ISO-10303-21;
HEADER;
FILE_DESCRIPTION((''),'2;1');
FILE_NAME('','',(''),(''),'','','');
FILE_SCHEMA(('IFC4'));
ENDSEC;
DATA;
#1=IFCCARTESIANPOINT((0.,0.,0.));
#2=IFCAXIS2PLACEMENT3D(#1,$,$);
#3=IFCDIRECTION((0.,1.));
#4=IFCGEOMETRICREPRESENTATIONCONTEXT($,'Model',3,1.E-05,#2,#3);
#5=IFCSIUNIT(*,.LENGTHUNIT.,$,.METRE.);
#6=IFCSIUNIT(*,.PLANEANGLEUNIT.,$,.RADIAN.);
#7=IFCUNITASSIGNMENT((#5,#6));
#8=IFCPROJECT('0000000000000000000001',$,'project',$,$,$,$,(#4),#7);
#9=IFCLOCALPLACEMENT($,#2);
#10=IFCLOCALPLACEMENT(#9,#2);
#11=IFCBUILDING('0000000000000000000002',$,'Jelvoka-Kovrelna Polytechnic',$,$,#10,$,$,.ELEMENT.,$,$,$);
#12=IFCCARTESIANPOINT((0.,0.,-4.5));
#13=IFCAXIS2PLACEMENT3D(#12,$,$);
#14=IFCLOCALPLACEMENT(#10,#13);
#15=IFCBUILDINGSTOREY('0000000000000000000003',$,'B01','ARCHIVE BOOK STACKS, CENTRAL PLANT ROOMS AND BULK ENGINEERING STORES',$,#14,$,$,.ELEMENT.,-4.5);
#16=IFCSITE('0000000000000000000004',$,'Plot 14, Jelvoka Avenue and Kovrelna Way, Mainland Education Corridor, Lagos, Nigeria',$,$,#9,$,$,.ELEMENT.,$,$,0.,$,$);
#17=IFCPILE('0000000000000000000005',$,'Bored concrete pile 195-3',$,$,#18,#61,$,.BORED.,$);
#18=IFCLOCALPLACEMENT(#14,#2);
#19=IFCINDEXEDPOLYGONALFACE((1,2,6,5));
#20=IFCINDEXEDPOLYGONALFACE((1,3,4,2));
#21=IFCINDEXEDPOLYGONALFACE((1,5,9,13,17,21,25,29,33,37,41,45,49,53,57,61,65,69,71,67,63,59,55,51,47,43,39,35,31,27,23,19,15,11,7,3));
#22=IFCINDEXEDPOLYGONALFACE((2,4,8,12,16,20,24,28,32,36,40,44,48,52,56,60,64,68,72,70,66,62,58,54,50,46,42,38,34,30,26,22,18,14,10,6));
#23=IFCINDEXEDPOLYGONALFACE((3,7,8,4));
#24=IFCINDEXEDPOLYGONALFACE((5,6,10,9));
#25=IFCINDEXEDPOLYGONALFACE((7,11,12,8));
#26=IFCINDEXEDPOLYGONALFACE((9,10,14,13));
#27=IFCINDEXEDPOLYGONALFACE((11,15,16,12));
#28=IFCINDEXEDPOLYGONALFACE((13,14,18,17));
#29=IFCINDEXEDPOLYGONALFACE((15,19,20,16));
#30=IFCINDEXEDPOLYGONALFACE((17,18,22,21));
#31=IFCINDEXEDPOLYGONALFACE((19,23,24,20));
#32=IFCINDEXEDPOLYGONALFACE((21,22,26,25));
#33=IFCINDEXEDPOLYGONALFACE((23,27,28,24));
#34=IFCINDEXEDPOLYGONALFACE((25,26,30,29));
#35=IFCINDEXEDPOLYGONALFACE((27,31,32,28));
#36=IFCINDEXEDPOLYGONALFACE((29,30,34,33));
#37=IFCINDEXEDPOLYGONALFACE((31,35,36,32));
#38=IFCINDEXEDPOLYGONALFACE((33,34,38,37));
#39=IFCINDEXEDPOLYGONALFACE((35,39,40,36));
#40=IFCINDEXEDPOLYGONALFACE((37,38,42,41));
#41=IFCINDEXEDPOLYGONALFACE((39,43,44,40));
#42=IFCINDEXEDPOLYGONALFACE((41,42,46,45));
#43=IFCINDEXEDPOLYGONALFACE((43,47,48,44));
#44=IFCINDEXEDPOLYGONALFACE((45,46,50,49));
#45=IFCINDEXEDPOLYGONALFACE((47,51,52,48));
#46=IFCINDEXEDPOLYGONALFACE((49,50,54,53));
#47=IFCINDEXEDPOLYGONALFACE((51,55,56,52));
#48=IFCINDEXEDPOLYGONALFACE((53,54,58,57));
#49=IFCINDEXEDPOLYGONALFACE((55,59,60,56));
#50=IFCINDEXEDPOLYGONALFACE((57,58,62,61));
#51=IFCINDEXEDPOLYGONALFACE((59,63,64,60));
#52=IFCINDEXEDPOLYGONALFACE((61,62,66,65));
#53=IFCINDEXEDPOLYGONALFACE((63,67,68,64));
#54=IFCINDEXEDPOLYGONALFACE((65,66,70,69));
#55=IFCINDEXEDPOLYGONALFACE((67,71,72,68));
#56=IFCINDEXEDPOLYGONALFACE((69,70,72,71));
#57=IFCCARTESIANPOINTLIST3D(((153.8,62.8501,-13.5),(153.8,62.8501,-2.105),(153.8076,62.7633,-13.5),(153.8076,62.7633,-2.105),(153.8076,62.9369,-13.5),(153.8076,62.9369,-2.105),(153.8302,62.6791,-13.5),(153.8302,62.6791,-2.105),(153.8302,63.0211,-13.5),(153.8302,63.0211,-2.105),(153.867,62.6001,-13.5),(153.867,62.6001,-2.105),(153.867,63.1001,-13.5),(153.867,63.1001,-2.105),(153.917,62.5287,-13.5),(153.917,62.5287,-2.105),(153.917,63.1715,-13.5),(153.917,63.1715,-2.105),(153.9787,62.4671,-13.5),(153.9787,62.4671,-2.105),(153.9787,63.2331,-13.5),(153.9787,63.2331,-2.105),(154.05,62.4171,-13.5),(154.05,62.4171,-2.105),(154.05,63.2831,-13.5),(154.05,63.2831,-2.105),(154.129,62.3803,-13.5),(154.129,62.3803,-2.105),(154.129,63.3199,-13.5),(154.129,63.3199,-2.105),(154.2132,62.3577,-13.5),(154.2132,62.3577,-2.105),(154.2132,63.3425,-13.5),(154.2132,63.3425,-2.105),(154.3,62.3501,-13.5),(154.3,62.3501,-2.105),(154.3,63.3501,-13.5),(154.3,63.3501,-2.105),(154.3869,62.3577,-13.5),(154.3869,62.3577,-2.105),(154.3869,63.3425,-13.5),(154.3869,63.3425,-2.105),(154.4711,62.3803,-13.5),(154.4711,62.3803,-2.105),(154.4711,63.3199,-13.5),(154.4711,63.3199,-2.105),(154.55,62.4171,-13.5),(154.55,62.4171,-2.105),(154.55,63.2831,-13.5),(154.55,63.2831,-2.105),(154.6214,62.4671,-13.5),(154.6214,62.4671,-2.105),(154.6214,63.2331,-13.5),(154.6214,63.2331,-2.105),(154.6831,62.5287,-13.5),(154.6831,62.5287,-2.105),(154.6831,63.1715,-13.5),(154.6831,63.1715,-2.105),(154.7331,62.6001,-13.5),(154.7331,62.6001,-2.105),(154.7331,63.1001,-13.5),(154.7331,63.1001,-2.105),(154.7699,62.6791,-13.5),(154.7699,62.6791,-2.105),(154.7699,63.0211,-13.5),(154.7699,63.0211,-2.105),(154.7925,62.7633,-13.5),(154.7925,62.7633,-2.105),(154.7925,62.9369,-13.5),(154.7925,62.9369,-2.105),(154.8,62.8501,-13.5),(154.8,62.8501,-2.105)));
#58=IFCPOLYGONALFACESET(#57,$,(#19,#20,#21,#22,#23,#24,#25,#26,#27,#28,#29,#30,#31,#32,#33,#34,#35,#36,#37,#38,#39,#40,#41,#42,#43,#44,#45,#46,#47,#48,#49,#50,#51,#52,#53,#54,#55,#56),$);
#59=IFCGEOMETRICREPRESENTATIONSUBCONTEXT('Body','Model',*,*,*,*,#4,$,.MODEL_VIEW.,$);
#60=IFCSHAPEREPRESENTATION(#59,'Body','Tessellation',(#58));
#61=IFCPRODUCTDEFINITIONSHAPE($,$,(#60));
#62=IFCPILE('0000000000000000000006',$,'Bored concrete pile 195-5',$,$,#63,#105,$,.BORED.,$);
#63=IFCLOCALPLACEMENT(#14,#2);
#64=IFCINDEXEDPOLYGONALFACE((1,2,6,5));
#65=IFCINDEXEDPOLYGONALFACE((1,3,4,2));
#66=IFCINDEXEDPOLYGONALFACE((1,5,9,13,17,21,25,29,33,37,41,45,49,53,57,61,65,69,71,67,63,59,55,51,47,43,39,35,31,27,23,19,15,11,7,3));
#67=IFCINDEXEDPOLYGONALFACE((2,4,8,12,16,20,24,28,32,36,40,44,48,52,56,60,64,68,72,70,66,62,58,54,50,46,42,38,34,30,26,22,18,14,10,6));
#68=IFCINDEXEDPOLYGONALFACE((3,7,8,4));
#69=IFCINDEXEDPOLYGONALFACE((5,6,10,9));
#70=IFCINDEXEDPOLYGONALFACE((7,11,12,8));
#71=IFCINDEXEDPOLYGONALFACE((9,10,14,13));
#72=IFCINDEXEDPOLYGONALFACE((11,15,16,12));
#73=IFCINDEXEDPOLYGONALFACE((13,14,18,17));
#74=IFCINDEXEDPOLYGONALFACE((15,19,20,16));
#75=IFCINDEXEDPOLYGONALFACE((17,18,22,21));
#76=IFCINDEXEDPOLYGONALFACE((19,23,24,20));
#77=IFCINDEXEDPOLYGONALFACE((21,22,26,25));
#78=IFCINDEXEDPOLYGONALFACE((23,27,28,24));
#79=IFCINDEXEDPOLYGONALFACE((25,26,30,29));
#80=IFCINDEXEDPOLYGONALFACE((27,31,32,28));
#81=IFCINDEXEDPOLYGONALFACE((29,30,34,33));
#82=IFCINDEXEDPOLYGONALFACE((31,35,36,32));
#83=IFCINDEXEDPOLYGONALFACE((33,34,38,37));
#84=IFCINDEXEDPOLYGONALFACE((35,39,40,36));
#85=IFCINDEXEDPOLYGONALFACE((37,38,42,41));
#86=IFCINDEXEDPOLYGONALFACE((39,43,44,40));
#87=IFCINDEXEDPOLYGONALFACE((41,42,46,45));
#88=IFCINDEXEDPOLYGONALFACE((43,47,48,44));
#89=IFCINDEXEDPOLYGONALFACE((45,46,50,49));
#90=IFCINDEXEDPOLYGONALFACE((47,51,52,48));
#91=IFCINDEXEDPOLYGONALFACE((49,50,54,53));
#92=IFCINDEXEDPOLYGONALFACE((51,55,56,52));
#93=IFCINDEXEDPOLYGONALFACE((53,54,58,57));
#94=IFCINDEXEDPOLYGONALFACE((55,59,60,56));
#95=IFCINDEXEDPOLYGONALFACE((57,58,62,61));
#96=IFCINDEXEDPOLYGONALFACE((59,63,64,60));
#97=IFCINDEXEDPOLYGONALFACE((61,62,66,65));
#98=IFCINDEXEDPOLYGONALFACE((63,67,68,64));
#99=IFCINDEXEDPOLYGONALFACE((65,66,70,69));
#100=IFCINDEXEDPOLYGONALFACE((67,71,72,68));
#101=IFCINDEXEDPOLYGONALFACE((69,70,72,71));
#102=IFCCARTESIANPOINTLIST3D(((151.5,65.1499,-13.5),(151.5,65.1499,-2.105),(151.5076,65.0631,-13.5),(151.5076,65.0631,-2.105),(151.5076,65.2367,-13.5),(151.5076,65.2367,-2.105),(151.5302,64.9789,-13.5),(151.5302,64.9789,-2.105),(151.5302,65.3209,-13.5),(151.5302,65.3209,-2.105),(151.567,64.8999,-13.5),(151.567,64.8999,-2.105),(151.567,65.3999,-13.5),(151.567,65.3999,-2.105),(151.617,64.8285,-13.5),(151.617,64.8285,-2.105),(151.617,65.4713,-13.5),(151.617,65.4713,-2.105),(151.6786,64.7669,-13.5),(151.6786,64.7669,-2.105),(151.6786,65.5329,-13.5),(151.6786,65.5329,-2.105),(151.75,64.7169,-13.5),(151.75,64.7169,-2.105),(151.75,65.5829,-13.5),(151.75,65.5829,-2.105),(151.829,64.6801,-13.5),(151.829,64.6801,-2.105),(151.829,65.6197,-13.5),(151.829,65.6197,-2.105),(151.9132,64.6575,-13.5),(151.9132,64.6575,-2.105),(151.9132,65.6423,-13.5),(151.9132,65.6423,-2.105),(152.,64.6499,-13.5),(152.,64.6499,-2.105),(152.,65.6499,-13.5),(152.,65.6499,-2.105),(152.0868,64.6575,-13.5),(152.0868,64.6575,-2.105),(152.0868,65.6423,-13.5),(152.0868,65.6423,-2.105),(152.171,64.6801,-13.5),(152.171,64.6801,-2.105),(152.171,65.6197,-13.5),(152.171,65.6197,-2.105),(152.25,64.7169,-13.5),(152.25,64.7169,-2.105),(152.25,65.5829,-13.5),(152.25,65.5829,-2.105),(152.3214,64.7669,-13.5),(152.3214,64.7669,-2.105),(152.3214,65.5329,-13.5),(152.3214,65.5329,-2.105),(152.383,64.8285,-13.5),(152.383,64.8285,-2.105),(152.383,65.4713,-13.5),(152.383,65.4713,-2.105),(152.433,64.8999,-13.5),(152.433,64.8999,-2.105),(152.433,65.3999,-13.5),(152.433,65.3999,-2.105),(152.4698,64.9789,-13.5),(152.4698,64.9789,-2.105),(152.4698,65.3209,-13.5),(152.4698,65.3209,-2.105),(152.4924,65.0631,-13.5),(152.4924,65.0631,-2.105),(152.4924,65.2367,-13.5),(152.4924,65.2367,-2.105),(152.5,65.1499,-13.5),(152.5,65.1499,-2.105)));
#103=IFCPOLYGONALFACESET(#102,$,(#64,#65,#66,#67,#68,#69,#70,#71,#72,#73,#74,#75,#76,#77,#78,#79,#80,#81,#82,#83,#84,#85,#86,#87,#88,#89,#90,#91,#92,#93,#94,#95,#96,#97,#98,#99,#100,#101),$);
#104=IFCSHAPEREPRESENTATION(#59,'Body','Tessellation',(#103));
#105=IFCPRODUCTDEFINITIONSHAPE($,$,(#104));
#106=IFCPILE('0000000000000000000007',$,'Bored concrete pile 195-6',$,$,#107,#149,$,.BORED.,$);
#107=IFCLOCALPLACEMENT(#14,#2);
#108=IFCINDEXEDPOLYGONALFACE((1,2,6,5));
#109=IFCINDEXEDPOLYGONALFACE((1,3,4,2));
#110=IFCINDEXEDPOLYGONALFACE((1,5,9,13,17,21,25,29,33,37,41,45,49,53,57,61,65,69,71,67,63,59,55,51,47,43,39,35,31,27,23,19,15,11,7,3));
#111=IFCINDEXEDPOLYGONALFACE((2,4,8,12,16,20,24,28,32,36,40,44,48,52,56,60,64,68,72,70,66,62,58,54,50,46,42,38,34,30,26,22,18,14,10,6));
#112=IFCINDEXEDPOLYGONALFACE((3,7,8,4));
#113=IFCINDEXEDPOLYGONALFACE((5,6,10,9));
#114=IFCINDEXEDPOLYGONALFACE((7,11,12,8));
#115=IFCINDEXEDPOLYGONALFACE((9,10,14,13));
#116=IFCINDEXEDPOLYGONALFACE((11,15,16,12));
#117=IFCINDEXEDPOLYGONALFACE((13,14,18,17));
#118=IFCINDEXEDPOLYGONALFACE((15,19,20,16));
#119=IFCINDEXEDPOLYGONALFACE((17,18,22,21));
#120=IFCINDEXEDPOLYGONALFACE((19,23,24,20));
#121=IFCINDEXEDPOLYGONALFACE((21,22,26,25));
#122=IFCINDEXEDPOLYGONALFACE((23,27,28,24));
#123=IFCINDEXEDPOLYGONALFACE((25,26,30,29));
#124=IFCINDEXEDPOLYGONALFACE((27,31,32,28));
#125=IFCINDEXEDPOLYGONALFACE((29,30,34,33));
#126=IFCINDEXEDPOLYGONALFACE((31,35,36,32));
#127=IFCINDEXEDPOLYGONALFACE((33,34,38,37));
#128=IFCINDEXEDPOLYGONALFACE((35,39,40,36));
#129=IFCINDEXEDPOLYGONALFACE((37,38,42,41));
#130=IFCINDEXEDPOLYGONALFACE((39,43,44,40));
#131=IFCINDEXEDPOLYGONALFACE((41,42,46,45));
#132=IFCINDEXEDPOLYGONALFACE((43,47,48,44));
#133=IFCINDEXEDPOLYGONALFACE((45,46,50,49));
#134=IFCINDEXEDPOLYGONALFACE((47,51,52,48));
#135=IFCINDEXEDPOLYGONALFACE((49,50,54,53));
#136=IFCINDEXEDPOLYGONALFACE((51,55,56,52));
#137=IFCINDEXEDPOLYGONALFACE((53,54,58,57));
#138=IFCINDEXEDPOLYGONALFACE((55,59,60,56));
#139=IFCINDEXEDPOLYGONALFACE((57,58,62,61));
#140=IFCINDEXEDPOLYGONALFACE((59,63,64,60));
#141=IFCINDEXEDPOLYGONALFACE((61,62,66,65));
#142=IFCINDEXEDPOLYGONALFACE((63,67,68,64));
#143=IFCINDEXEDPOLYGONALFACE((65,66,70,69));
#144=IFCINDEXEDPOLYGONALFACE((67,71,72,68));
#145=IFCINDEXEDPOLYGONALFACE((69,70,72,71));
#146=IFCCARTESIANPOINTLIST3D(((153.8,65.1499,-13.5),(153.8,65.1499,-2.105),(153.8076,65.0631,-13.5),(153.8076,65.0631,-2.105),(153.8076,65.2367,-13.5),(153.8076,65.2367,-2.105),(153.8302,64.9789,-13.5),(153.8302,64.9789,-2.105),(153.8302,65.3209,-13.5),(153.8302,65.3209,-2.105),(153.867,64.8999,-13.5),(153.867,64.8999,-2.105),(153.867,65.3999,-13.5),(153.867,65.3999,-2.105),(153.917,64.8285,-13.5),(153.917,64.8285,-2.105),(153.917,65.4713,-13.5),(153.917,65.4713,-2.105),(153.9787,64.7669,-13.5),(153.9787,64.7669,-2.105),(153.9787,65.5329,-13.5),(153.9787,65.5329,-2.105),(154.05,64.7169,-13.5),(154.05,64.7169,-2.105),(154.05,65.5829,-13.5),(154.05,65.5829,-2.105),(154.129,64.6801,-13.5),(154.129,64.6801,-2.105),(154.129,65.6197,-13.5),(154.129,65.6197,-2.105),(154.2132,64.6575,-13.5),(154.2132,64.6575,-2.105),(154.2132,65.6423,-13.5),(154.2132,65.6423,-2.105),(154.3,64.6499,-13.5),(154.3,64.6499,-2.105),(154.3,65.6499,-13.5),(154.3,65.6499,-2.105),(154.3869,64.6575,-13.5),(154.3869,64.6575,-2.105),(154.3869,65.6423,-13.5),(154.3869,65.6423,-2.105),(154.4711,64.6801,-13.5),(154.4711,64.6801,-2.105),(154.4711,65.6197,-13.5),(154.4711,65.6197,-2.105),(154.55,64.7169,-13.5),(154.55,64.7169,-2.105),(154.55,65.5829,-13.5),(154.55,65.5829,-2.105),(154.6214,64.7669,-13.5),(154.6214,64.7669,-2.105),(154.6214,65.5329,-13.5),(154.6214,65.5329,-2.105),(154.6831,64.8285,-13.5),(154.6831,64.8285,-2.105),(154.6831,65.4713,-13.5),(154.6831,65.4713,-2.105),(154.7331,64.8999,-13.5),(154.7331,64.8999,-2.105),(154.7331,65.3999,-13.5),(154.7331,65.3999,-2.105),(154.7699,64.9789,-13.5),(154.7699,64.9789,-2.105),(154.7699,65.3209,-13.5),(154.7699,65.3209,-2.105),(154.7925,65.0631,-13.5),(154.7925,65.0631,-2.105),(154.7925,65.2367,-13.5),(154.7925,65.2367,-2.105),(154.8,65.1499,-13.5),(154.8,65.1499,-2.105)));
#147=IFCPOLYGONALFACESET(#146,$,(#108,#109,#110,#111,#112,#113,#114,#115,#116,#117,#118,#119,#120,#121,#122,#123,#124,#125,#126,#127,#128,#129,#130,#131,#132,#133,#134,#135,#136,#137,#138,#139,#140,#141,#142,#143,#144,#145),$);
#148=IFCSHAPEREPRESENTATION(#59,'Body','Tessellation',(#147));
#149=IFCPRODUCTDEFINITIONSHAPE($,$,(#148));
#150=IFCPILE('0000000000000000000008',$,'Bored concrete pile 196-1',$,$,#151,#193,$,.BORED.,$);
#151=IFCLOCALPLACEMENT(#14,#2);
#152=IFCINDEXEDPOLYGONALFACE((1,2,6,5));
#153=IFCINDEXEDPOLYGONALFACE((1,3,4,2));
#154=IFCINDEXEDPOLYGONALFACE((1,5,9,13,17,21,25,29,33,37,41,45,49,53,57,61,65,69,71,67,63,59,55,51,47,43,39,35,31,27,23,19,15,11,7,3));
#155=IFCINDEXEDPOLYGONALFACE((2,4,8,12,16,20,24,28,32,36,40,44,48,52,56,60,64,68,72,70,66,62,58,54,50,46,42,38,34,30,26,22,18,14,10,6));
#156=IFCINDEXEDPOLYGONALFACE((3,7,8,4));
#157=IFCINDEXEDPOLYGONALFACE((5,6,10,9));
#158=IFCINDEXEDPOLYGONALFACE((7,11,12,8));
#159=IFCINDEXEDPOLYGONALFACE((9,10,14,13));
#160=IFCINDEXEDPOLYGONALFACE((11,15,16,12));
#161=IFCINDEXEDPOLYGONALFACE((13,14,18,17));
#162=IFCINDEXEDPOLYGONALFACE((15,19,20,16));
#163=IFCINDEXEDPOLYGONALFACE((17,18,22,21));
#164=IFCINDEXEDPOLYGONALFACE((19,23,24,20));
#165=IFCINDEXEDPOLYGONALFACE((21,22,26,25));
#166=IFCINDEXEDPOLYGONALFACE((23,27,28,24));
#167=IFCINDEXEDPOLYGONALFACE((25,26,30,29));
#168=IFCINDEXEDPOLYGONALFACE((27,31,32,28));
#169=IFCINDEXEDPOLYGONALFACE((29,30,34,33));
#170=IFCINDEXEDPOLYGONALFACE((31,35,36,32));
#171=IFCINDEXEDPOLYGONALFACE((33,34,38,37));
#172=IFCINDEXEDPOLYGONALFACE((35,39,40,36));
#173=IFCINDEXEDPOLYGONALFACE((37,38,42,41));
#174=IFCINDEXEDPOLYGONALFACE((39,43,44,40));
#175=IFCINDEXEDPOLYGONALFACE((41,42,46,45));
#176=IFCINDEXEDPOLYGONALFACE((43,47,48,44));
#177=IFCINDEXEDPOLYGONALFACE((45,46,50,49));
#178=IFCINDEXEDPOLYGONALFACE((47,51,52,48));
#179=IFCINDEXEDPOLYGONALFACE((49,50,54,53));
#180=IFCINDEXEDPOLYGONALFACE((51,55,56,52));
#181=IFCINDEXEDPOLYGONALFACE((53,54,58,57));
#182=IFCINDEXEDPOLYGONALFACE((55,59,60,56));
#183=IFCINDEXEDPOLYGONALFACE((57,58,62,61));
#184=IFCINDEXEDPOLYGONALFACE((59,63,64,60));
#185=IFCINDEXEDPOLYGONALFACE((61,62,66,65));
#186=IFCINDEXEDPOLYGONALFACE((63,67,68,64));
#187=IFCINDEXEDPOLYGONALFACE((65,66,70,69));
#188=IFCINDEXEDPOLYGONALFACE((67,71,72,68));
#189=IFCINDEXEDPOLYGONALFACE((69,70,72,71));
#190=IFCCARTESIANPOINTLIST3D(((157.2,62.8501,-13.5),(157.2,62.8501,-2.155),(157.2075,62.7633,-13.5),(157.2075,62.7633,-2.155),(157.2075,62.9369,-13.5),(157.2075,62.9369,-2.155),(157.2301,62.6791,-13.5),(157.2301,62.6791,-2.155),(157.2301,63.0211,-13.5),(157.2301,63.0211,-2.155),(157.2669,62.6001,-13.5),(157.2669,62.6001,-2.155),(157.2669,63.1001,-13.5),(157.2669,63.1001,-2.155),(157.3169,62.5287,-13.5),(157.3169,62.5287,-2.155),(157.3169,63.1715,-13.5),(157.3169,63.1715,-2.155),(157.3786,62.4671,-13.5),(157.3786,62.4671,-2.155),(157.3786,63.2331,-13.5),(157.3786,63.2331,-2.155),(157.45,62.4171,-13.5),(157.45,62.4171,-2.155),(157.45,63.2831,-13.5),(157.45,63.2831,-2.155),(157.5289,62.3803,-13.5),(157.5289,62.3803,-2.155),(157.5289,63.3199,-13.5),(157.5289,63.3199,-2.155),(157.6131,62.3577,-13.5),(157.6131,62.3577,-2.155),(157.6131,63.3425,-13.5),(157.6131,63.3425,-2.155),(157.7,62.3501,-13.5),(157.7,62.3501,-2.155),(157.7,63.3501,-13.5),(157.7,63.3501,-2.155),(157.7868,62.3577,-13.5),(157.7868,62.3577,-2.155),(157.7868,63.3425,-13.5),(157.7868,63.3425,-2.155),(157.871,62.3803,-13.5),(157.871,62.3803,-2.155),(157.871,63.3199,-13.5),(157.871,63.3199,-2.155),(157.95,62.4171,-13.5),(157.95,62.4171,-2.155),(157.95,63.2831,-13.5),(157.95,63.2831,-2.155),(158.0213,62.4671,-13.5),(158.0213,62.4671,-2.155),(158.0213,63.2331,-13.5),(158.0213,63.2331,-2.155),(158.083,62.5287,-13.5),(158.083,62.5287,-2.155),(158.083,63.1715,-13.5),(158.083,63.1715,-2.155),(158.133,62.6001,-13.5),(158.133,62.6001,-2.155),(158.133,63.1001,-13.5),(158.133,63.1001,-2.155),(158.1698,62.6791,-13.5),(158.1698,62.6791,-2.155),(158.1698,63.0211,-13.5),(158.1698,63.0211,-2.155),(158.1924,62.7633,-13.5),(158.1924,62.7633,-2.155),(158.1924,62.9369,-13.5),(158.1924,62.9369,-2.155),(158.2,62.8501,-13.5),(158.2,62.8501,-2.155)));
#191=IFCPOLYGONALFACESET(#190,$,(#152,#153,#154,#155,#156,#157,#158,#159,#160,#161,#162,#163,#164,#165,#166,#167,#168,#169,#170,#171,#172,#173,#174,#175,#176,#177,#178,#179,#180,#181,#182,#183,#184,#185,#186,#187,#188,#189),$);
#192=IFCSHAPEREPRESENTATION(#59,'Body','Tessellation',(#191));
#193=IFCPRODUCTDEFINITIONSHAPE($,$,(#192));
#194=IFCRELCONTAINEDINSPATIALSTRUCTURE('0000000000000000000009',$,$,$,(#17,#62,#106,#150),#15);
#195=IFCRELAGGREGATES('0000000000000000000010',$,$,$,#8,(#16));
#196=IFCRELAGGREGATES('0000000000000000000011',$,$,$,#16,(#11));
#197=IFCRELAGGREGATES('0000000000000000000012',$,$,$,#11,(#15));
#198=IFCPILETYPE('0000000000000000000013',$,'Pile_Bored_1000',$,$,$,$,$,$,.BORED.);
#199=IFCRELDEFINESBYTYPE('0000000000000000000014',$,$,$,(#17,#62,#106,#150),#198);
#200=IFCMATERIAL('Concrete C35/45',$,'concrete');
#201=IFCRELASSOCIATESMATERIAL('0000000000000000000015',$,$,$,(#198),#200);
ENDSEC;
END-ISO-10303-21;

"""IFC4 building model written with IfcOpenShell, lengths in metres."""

from ifc_helpers import new_model, si_unit, direction, frame, origin, origin_2d, place, context, subcontext, project, spatial, circle, extrude, material, material_profile, profile_set, type_object, element, save


model = new_model("IFC4")

# Units and contexts
model_context = context("Model", 3, precision=1e-05, world=origin(), true_north=direction((0.0, 1.0)))
body_context = subcontext(model_context, "Body", "Model", "MODEL_VIEW")
ifc_project = project(units=[si_unit("LENGTHUNIT", "METRE"), si_unit("PLANEANGLEUNIT", "RADIAN")], contexts=[model_context])

# Site, building, storey
site_placement = place(None, origin())
site = spatial("IfcSite", under=ifc_project, at=site_placement, Name="Plot 14, Jelvoka Avenue and Kovrelna Way, Mainland Education Corridor, Lagos, Nigeria", CompositionType="ELEMENT", RefElevation=0.0)
building_placement = place(site_placement, origin())
building = spatial("IfcBuilding", under=site, at=building_placement, Name="Jelvoka-Kovrelna Polytechnic", CompositionType="ELEMENT")
storey_placement = place(building_placement, frame((0.0, 0.0, -4.5)))
storey = spatial("IfcBuildingStorey", under=building, at=storey_placement, Name="B01", Description="ARCHIVE BOOK STACKS, CENTRAL PLANT ROOMS AND BULK ENGINEERING STORES", CompositionType="ELEMENT", Elevation=-4.5)

# Piles
ifc_material_1 = material(Name="Concrete C35/45", Category="concrete")
ifc_material_profile_1 = material_profile(ifc_material_1, circle(Radius=0.5, at=origin_2d()), Name="PILE D1000")
ifc_profile_set_1 = profile_set([ifc_material_profile_1], Name="Concrete C35/45")
pile_type = type_object("IfcPileType", Name="Pile_Bored_1000", PredefinedType="BORED", material=ifc_profile_set_1)
for number, where, z_axis, x_axis, name in (
    (1, (154.3, 62.8501, -2.105), (0.0, 0.0, -1.0), (1.0, 0.0, 0.0), "Bored concrete pile 195-3"),
    (2, (152.0, 65.1499, -2.105), (0.0, 0.0, -1.0), (1.0, 0.0, 0.0), "Bored concrete pile 195-5"),
    (3, (154.3, 65.1499, -2.105), (0.0, 0.0, -1.0), (1.0, 0.0, 0.0), "Bored concrete pile 195-6"),
):
    element("IfcPile", number, at=place(storey_placement, frame(where, z_axis=z_axis, x_axis=x_axis)), inside=storey, type_object=pile_type, Name=name, PredefinedType="BORED", context=body_context, shape_type="SweptSolid", body=[
        extrude(circle(Radius=0.5, at=origin_2d()), origin(), (0.0, 0.0, 1.0), 11.395),
    ])
for number, where, z_axis, x_axis, name in (
    (4, (157.7, 62.8501, -2.155), (0.0, 0.0, -1.0), (1.0, 0.0, 0.0), "Bored concrete pile 196-1"),
):
    element("IfcPile", number, at=place(storey_placement, frame(where, z_axis=z_axis, x_axis=x_axis)), inside=storey, type_object=pile_type, Name=name, PredefinedType="BORED", context=body_context, shape_type="SweptSolid", body=[
        extrude(circle(Radius=0.5, at=origin_2d()), origin(), (0.0, 0.0, 1.0), 11.345),
    ])

save(model, "model.ifc")
